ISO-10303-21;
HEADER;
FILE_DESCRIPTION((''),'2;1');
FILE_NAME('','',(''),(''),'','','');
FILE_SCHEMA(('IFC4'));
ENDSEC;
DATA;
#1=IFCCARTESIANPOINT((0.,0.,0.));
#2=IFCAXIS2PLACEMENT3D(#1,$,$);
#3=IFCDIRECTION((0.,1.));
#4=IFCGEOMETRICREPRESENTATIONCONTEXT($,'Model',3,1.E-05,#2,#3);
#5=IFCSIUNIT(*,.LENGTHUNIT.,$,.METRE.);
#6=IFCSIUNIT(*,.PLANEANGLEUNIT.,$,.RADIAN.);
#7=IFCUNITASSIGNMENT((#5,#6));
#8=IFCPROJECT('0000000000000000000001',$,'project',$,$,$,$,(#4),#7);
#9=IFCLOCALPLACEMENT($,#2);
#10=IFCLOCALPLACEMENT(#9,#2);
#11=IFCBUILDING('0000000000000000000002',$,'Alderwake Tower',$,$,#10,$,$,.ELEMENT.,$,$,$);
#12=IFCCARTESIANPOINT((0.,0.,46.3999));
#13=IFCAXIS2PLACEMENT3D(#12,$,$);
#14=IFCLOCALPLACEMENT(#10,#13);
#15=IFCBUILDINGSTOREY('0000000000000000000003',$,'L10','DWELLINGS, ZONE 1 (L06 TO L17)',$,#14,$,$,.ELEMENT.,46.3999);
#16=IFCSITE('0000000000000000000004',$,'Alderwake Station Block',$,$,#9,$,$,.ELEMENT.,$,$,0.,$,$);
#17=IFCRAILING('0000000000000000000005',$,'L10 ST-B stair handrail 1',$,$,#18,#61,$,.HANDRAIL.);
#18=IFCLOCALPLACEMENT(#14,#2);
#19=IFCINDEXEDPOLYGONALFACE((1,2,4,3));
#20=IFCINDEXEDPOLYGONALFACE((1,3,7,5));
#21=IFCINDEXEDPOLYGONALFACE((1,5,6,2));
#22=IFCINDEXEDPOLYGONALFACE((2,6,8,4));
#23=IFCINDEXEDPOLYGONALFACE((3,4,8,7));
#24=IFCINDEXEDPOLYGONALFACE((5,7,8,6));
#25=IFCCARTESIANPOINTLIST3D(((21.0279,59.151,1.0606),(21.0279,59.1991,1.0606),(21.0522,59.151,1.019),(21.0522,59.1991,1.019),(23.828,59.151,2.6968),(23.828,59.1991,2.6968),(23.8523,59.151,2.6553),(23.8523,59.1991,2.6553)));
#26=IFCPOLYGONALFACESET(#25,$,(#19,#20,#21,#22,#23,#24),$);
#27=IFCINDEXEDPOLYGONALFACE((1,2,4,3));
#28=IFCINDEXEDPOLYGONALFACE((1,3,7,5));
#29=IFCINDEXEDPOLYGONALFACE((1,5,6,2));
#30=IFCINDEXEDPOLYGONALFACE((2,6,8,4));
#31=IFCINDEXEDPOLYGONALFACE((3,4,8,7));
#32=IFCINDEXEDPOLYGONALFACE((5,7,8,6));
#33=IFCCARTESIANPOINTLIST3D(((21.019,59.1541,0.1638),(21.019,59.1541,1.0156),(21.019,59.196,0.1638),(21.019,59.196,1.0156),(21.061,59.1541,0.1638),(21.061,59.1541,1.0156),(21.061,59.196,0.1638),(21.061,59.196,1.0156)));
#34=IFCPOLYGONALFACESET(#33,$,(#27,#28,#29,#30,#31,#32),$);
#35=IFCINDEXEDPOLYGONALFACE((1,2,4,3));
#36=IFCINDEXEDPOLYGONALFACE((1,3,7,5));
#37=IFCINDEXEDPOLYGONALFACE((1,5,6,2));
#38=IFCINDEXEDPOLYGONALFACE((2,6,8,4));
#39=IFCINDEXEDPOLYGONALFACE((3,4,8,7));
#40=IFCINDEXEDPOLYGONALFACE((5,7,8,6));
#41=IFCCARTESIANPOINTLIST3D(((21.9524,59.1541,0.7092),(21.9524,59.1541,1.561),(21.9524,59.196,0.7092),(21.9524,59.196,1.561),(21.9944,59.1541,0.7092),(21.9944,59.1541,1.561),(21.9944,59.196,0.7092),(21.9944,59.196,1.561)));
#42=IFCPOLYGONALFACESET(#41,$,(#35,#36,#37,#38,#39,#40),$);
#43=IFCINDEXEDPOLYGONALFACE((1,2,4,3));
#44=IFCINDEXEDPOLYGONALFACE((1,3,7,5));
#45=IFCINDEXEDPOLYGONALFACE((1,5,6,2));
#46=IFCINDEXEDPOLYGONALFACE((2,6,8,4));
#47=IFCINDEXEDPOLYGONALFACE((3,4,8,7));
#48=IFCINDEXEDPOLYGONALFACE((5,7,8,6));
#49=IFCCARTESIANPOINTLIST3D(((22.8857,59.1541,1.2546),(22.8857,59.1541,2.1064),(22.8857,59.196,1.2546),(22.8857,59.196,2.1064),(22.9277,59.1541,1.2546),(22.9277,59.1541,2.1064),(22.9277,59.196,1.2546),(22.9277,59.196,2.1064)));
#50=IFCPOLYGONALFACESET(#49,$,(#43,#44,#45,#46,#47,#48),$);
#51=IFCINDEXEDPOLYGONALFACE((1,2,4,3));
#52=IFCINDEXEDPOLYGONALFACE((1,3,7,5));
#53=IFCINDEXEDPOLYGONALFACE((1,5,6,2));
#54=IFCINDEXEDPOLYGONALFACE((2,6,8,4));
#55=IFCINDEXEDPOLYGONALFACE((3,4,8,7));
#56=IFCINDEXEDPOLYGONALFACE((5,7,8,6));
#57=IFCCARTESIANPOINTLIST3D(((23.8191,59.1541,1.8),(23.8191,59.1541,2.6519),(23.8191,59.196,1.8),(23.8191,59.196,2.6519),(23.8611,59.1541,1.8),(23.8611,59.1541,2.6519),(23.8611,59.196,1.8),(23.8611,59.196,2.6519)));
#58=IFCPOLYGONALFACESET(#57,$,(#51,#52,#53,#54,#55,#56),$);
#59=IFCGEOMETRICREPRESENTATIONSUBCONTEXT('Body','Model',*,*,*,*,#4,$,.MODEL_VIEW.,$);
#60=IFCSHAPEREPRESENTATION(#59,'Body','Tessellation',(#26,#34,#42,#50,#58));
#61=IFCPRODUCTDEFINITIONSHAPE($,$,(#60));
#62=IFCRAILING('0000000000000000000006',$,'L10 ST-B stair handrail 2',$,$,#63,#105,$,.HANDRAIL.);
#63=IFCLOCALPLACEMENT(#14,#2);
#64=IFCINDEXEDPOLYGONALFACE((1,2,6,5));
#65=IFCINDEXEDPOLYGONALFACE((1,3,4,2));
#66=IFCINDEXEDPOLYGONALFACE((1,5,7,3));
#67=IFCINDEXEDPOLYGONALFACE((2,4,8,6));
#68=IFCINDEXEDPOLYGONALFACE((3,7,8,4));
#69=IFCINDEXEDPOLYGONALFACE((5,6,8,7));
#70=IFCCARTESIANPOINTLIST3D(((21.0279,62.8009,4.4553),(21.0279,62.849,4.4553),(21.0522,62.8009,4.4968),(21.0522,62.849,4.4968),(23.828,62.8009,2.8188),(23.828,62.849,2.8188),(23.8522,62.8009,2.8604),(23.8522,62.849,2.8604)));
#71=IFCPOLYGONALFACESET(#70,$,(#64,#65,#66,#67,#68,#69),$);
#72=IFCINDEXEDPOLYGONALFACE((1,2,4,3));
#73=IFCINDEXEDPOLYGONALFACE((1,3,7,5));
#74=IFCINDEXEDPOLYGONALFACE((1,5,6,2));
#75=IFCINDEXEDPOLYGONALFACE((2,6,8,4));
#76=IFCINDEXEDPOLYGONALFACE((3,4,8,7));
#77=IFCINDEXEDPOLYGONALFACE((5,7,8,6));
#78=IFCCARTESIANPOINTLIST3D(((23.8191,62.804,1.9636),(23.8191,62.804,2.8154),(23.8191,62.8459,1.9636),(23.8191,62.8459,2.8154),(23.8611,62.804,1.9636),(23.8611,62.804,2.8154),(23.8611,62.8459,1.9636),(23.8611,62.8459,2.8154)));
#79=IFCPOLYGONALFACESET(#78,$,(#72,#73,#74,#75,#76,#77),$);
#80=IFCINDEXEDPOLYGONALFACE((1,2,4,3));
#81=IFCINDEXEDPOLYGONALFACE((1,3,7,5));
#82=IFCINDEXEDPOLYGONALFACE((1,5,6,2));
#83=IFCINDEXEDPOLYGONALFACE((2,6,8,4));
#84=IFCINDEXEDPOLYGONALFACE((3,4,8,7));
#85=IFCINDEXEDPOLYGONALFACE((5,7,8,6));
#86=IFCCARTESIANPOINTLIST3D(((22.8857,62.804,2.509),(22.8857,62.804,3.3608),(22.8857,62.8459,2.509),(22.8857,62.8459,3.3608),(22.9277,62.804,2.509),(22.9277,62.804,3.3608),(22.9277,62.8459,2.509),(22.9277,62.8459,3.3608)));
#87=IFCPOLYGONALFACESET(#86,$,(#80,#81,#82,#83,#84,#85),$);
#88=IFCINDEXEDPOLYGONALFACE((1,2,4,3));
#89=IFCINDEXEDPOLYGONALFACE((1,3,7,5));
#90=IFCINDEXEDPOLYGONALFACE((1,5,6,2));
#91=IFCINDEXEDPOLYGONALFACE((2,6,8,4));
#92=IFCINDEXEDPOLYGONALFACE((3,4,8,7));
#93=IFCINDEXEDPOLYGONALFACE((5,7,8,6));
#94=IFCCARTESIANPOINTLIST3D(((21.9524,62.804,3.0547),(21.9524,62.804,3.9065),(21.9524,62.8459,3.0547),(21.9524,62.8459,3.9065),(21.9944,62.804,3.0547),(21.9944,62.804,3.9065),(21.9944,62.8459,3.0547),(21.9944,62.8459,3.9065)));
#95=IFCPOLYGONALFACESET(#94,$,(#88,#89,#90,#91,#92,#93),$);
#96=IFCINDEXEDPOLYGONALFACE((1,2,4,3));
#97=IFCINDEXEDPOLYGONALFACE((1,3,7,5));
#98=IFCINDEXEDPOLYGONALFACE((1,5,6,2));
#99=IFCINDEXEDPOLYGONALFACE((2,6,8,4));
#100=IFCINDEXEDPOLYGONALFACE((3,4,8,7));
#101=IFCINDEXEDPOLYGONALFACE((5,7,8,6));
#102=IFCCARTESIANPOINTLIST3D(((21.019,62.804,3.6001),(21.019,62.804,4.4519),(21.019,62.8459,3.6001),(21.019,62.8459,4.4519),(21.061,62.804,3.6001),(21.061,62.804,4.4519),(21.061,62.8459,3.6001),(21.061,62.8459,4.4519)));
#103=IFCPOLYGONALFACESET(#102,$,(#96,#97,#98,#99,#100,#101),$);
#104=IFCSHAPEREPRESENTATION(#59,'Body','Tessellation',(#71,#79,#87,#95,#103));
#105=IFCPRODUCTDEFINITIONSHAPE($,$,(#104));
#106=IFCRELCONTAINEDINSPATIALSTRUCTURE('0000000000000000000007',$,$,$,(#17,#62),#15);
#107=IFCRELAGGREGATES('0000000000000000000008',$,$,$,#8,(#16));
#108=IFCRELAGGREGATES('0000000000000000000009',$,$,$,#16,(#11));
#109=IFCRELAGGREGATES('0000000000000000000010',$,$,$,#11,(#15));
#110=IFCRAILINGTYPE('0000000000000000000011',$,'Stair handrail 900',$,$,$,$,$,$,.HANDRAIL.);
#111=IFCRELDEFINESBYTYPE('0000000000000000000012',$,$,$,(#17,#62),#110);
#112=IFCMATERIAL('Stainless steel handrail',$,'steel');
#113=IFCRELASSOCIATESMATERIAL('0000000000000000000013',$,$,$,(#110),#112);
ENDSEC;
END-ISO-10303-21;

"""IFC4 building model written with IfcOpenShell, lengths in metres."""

from ifc_helpers import new_model, si_unit, direction, frame, origin, origin_with_axes, origin_2d, place, context, subcontext, project, spatial, rectangle, extrude, material, type_object, element, save


model = new_model("IFC4")

# Units and contexts
model_context = context("Model", 3, precision=1e-05, world=origin(), true_north=direction((0.0, 1.0)))
body_context = subcontext(model_context, "Body", "Model", "MODEL_VIEW")
ifc_project = project(units=[si_unit("LENGTHUNIT", "METRE"), si_unit("PLANEANGLEUNIT", "RADIAN")], contexts=[model_context])

# Site, building, storey
site_placement = place(None, origin())
site = spatial("IfcSite", under=ifc_project, at=site_placement, Name="Alderwake Station Block", CompositionType="ELEMENT", RefElevation=0.0)
building_placement = place(site_placement, origin())
building = spatial("IfcBuilding", under=site, at=building_placement, Name="Alderwake Tower", CompositionType="ELEMENT")
storey_placement = place(building_placement, frame((0.0, 0.0, 46.3999)))
storey = spatial("IfcBuildingStorey", under=building, at=storey_placement, Name="L10", Description="DWELLINGS, ZONE 1 (L06 TO L17)", CompositionType="ELEMENT", Elevation=46.3999)

# Railings
ifc_material_1 = material(Name="Stainless steel handrail", Category="steel")
railing_type_1 = type_object("IfcRailingType", Name="Stair handrail 900", PredefinedType="HANDRAIL", material=ifc_material_1)
railing_1_placement = place(storey_placement, frame((21.04, 59.175, 0.1638)))
element("IfcRailing", 1, at=railing_1_placement, inside=storey, type_object=railing_type_1, Name="L10 ST-B stair handrail 1", PredefinedType="HANDRAIL", context=body_context, shape_type="SweptSolid", body=[
    extrude(rectangle(XDim=0.0481, YDim=0.0481, at=origin_2d()), frame((0.0, 0.0, 0.876), z_axis=(0.863394, 0.0, 0.504531), x_axis=(0.0, 1.0, 0.0)), (0.0, 0.0, 1.0), 3.2432),
    extrude(rectangle(XDim=0.042, YDim=0.042, at=origin_2d()), origin_with_axes(), (0.0, 0.0, 1.0), 0.8518),
    extrude(rectangle(XDim=0.042, YDim=0.042, at=origin_2d()), frame((0.9333, 0.0, 0.5454), z_axis=(0.0, 0.0, 1.0), x_axis=(1.0, 0.0, 0.0)), (0.0, 0.0, 1.0), 0.8518),
    extrude(rectangle(XDim=0.042, YDim=0.042, at=origin_2d()), frame((1.8667, 0.0, 1.0908), z_axis=(0.0, 0.0, 1.0), x_axis=(1.0, 0.0, 0.0)), (0.0, 0.0, 1.0), 0.8518),
    extrude(rectangle(XDim=0.042, YDim=0.042, at=origin_2d()), frame((2.8, 0.0, 1.6362), z_axis=(0.0, 0.0, 1.0), x_axis=(1.0, 0.0, 0.0)), (0.0, 0.0, 1.0), 0.8518),
])
railing_2_placement = place(storey_placement, frame((23.8401, 62.825, 1.9636)))
element("IfcRailing", 2, at=railing_2_placement, inside=storey, type_object=railing_type_1, Name="L10 ST-B stair handrail 2", PredefinedType="HANDRAIL", context=body_context, shape_type="SweptSolid", body=[
    extrude(rectangle(XDim=0.0481, YDim=0.0481, at=origin_2d()), frame((0.0, 0.0, 0.876), z_axis=(-0.863361, 0.0, 0.504587), x_axis=(0.0, -1.0, 0.0)), (0.0, 0.0, 1.0), 3.2432),
    extrude(rectangle(XDim=0.042, YDim=0.042, at=origin_2d()), frame((0.0, 0.0, 0.0), z_axis=(0.0, 0.0, 1.0), x_axis=(-1.0, 0.0, 0.0)), (0.0, 0.0, 1.0), 0.8518),
    extrude(rectangle(XDim=0.042, YDim=0.042, at=origin_2d()), frame((-0.9333, 0.0, 0.5454), z_axis=(0.0, 0.0, 1.0), x_axis=(-1.0, 0.0, 0.0)), (0.0, 0.0, 1.0), 0.8518),
    extrude(rectangle(XDim=0.042, YDim=0.042, at=origin_2d()), frame((-1.8667, 0.0, 1.0911), z_axis=(0.0, 0.0, 1.0), x_axis=(-1.0, 0.0, 0.0)), (0.0, 0.0, 1.0), 0.8518),
    extrude(rectangle(XDim=0.042, YDim=0.042, at=origin_2d()), frame((-2.8, 0.0, 1.6365), z_axis=(0.0, 0.0, 1.0), x_axis=(-1.0, 0.0, 0.0)), (0.0, 0.0, 1.0), 0.8518),
])

save(model, "model.ifc")
